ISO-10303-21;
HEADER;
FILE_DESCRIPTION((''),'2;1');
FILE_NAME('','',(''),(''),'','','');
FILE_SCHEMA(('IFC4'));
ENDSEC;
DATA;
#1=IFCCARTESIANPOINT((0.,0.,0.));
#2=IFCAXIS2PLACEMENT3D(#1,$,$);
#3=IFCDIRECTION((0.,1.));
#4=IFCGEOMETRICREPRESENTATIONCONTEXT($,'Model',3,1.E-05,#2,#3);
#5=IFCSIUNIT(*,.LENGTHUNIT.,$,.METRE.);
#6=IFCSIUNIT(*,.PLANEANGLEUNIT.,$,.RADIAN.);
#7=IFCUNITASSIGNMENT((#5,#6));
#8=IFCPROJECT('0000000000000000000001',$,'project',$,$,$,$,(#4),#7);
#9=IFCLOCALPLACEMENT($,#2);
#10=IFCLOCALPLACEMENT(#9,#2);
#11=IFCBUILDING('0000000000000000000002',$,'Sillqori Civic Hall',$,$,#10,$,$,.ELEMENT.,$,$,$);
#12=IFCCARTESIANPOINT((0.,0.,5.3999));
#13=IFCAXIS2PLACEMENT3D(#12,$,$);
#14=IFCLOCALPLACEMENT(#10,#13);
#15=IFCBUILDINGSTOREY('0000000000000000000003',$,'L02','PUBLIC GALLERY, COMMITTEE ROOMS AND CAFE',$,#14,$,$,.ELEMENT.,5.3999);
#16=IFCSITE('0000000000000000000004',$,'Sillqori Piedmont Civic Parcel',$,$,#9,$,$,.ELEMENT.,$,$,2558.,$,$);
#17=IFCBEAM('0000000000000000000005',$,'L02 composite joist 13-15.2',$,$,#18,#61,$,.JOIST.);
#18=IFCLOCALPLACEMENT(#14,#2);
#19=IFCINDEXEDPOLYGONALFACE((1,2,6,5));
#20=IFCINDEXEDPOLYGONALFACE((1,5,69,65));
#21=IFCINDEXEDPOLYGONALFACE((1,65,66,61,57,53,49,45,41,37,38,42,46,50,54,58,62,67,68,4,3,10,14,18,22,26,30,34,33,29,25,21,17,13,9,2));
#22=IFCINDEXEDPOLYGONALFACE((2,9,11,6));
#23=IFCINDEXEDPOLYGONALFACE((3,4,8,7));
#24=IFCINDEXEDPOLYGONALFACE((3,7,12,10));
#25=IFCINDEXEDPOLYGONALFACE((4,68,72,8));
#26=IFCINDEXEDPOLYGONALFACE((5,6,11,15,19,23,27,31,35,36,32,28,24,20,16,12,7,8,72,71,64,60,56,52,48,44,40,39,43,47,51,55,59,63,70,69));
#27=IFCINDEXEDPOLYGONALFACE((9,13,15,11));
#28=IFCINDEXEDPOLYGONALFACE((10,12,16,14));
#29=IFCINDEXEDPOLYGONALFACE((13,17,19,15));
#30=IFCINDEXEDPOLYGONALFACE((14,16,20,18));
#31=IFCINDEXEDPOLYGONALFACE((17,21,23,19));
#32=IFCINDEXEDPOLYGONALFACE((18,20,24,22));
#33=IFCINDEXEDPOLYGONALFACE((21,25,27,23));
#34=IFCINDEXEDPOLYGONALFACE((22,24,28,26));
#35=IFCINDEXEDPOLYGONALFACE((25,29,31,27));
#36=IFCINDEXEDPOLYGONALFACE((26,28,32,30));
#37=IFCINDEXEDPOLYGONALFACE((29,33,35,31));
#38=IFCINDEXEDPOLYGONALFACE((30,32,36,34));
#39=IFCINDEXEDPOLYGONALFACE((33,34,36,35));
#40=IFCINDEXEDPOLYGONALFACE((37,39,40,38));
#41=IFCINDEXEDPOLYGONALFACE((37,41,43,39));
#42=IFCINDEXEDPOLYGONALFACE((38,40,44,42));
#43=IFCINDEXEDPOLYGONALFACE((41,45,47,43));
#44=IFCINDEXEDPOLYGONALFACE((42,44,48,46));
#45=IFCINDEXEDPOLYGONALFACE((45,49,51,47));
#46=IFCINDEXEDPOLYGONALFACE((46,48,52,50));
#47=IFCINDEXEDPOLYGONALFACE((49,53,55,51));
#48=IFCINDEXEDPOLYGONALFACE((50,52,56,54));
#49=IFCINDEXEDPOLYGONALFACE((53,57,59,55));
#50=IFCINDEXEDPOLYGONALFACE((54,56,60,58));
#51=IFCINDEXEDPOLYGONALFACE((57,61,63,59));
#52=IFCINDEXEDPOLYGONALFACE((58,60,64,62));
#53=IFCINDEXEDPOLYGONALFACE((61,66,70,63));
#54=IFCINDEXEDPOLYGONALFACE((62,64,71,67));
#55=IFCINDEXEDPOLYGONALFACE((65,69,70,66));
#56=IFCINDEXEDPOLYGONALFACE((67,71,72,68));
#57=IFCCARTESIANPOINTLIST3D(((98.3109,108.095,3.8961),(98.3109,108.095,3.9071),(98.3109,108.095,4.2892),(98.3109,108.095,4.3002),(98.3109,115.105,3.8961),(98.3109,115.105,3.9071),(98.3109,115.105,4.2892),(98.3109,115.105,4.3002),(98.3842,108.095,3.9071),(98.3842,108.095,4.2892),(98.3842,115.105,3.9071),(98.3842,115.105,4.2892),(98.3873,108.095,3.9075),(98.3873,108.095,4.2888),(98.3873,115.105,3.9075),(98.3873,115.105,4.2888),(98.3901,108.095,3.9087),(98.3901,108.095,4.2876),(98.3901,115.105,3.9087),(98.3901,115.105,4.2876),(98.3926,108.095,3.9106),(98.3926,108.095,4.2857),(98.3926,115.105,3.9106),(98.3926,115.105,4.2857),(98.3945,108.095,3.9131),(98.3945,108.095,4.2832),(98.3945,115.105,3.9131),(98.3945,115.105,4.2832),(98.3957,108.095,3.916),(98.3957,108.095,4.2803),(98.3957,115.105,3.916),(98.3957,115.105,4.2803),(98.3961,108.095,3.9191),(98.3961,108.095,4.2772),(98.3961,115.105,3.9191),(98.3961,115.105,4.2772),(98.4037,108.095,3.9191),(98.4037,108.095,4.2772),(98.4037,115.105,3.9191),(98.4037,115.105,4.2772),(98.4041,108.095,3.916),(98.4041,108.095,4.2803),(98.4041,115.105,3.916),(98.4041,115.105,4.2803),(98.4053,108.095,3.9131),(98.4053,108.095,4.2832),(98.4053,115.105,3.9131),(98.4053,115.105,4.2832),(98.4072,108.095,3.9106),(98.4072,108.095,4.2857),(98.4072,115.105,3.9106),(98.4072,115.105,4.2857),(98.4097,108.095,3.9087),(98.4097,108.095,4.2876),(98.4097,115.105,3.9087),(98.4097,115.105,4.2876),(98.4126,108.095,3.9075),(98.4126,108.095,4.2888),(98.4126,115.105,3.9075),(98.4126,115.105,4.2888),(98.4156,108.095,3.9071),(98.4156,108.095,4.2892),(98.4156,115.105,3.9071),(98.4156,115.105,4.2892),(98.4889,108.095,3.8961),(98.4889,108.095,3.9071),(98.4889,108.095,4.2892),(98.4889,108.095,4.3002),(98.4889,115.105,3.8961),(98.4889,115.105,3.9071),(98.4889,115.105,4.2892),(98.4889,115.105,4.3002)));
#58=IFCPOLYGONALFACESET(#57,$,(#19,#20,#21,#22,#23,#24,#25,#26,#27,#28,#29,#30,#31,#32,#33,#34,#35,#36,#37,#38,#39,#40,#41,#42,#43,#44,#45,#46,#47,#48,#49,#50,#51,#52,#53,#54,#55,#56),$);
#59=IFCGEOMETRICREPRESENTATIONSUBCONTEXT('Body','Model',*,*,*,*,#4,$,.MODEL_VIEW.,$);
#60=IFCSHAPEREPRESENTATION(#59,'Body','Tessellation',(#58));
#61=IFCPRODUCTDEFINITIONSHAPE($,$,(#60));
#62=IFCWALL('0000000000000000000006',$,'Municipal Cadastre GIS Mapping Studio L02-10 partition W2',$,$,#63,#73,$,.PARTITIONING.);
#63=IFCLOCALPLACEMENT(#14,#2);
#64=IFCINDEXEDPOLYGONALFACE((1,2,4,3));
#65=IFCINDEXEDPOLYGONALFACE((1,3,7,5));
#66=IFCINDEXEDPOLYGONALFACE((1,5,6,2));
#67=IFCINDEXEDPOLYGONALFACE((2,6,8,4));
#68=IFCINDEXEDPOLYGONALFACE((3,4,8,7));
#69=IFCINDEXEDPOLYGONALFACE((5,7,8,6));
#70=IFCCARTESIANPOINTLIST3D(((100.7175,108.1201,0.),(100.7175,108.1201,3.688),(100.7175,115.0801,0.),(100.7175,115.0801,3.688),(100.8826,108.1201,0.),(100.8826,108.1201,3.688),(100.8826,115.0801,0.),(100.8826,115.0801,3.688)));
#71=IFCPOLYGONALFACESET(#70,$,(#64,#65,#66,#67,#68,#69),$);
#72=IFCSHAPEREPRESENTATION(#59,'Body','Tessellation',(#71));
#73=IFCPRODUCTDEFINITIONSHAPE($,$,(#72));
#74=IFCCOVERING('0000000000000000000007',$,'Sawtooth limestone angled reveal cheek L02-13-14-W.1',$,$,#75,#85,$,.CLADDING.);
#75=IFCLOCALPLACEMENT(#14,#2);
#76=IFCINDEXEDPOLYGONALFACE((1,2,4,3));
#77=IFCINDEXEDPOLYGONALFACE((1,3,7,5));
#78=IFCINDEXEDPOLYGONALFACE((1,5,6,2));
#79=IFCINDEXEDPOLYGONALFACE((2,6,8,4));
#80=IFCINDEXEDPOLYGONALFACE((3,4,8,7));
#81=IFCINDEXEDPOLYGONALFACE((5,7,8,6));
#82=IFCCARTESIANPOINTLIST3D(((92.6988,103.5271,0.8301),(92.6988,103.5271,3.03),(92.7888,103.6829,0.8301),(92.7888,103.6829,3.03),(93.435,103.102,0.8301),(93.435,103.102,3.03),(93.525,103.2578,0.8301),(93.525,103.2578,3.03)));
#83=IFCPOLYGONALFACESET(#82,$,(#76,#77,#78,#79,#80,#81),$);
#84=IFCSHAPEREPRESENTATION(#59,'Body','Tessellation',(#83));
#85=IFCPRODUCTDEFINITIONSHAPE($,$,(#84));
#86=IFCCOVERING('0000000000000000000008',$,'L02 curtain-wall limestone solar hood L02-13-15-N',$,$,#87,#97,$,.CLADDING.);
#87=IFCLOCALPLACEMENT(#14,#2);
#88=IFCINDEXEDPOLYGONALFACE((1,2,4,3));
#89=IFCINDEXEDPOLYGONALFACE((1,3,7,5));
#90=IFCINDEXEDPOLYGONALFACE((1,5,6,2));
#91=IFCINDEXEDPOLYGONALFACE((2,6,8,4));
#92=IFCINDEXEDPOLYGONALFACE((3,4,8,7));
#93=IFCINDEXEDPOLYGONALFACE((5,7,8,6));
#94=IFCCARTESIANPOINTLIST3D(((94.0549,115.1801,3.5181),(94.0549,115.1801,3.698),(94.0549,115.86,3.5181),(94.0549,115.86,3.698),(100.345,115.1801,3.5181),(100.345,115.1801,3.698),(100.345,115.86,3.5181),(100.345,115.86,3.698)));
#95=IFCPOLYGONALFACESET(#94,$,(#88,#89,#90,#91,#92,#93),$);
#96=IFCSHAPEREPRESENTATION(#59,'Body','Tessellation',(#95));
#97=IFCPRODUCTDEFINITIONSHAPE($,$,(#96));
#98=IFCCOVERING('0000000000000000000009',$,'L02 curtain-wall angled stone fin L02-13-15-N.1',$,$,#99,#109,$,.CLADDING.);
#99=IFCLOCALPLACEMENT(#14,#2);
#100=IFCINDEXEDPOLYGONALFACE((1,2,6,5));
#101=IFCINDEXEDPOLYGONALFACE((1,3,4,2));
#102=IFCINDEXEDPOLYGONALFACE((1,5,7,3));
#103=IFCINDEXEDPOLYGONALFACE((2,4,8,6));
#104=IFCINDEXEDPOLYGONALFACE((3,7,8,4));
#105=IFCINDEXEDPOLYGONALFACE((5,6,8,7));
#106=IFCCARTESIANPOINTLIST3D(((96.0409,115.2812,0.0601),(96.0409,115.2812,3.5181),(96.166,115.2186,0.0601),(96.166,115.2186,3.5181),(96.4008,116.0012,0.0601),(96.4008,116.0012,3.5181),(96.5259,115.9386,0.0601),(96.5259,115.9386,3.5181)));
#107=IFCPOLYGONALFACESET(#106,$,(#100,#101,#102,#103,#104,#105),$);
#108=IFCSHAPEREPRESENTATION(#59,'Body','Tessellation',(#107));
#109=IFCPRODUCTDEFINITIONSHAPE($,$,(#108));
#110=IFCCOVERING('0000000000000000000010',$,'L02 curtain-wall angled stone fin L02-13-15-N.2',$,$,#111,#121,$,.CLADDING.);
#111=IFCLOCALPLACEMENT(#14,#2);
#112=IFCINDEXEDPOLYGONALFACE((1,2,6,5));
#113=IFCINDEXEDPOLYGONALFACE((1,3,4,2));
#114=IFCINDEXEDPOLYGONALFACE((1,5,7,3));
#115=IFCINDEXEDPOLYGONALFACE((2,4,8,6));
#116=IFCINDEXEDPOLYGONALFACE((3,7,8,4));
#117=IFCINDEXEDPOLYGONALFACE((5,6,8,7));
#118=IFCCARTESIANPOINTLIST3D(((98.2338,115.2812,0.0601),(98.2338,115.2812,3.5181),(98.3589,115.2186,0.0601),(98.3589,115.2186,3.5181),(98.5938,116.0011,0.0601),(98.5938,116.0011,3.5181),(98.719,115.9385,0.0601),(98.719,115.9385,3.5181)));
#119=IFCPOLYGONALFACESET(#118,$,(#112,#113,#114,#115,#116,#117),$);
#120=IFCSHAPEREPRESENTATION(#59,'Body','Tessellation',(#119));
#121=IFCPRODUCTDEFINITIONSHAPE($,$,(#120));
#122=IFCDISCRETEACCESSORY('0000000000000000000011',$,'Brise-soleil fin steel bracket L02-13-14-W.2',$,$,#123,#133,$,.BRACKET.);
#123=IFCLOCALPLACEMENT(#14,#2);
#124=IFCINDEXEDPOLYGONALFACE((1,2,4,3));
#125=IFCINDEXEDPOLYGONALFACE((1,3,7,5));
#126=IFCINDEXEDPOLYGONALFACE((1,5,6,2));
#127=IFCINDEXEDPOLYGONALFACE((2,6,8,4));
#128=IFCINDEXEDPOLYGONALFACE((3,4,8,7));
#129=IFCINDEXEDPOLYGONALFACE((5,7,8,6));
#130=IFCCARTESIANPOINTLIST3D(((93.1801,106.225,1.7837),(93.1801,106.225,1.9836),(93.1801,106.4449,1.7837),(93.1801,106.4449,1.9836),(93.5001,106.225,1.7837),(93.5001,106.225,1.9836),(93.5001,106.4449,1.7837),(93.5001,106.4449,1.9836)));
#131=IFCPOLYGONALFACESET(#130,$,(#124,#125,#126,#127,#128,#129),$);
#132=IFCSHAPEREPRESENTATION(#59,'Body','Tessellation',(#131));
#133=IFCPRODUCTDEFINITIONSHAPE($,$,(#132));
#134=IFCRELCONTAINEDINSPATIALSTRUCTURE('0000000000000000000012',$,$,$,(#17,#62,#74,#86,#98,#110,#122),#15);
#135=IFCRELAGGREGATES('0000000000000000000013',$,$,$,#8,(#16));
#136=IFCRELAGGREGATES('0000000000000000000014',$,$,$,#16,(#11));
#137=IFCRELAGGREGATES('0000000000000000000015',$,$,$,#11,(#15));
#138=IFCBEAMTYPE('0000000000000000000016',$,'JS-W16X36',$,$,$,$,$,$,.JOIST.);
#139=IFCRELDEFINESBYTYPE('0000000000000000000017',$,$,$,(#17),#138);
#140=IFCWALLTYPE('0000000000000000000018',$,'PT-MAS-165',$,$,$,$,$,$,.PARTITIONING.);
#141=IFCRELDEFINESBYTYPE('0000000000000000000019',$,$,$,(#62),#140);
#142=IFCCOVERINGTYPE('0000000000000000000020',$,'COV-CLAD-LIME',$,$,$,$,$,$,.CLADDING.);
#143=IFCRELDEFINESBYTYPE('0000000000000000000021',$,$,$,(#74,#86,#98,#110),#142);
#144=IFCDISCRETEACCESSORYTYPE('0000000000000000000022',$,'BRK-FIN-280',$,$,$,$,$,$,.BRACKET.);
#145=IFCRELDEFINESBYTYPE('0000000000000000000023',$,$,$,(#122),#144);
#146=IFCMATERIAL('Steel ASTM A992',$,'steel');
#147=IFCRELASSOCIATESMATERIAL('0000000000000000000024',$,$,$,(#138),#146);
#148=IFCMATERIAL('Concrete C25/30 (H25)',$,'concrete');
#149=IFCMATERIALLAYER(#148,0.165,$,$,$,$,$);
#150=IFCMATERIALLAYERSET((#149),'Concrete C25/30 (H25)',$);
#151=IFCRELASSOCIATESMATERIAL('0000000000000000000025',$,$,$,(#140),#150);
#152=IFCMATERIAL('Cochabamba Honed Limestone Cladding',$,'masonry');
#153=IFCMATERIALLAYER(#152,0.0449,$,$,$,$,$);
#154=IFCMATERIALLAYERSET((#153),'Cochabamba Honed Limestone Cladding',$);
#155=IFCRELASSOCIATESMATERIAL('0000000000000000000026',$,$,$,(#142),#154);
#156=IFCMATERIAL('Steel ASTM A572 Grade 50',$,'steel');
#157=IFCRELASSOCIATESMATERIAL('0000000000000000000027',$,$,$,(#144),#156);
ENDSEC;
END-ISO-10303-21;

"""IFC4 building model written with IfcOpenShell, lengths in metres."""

from ifc_helpers import new_model, si_unit, direction, frame, frame_2d, origin, origin_2d, place, context, subcontext, project, spatial, rectangle, i_section, extrude, material, layer, layer_set, material_profile, profile_set, type_object, element, save


model = new_model("IFC4")

# Units and contexts
model_context = context("Model", 3, precision=1e-05, world=origin(), true_north=direction((0.0, 1.0)))
body_context = subcontext(model_context, "Body", "Model", "MODEL_VIEW")
ifc_project = project(units=[si_unit("LENGTHUNIT", "METRE"), si_unit("PLANEANGLEUNIT", "RADIAN")], contexts=[model_context])

# Site, building, storey
site_placement = place(None, origin())
site = spatial("IfcSite", under=ifc_project, at=site_placement, Name="Sillqori Piedmont Civic Parcel", CompositionType="ELEMENT", RefElevation=2558.0)
building_placement = place(site_placement, origin())
building = spatial("IfcBuilding", under=site, at=building_placement, Name="Sillqori Civic Hall", CompositionType="ELEMENT")
storey_placement = place(building_placement, frame((0.0, 0.0, 5.3999)))
storey = spatial("IfcBuildingStorey", under=building, at=storey_placement, Name="L02", Description="PUBLIC GALLERY, COMMITTEE ROOMS AND CAFE", CompositionType="ELEMENT", Elevation=5.3999)

# Shared definitions
ifc_material_1 = material(Name="Steel ASTM A992", Category="steel")

# Beam
ifc_material_profile_1 = material_profile(ifc_material_1, i_section(OverallWidth=0.178, OverallDepth=0.4041, WebThickness=0.0076, FlangeThickness=0.011, FilletRadius=0.012, at=origin_2d()), Name="W16X36")
ifc_profile_set_1 = profile_set([ifc_material_profile_1], Name="Steel ASTM A992")
beam_type_1 = type_object("IfcBeamType", Name="JS-W16X36", PredefinedType="JOIST", material=ifc_profile_set_1)
for number, where, z_axis, x_axis, name in (
    (1, (98.3999, 108.095, 4.0981), (0.0, 1.0, 0.0), (-1.0, 0.0, 0.0), "L02 composite joist 13-15.2"),
):
    element("IfcBeam", number, at=place(storey_placement, frame(where, z_axis=z_axis, x_axis=x_axis)), inside=storey, type_object=beam_type_1, Name=name, PredefinedType="JOIST", context=body_context, shape_type="SweptSolid", body=[
        extrude(i_section(OverallWidth=0.178, OverallDepth=0.4041, WebThickness=0.0076, FlangeThickness=0.011, FilletRadius=0.012, at=origin_2d()), origin(), (0.0, 0.0, 1.0), 7.01),
    ])

# Wall
ifc_material_2 = material(Name="Concrete C25/30 (H25)", Category="concrete")
ifc_layer_1 = layer(ifc_material_2, 0.165)
ifc_layer_set_1 = layer_set([ifc_layer_1], Name="Concrete C25/30 (H25)")
wall_type = type_object("IfcWallType", Name="PT-MAS-165", PredefinedType="PARTITIONING", material=ifc_layer_set_1)
wall_placement = place(storey_placement, frame((100.8, 108.1201, 0.0), z_axis=(0.0, 0.0, 1.0), x_axis=(0.0, 1.0, 0.0)))
element("IfcWall", 2, at=wall_placement, inside=storey, type_object=wall_type, Name="Municipal Cadastre GIS Mapping Studio L02-10 partition W2", PredefinedType="PARTITIONING", context=body_context, shape_type="SweptSolid", body=[
    extrude(rectangle(XDim=6.96, YDim=0.165, at=frame_2d((3.48, 0.0))), origin(), (0.0, 0.0, 1.0), 3.688),
])

# Coverings
ifc_material_3 = material(Name="Cochabamba Honed Limestone Cladding", Category="masonry")
ifc_layer_2 = layer(ifc_material_3, 0.0449)
ifc_layer_set_2 = layer_set([ifc_layer_2], Name="Cochabamba Honed Limestone Cladding")
covering_type = type_object("IfcCoveringType", Name="COV-CLAD-LIME", PredefinedType="CLADDING", material=ifc_layer_set_2)
covering_1_placement = place(storey_placement, frame((93.48, 103.1799, 0.8301), z_axis=(0.0, 0.0, 1.0), x_axis=(-0.865989, 0.500062, 0.0)))
element("IfcCovering", 3, at=covering_1_placement, inside=storey, type_object=covering_type, Name="Sawtooth limestone angled reveal cheek L02-13-14-W.1", PredefinedType="CLADDING", context=body_context, shape_type="SweptSolid", body=[
    extrude(rectangle(XDim=0.8501, YDim=0.1799, at=frame_2d((0.425, 0.0))), origin(), (0.0, 0.0, 1.0), 2.2),
])
covering_2_placement = place(storey_placement, frame((94.0549, 115.52, 3.5181), z_axis=(0.0, 0.0, 1.0), x_axis=(1.0, 0.0, 0.0)))
element("IfcCovering", 4, at=covering_2_placement, inside=storey, type_object=covering_type, Name="L02 curtain-wall limestone solar hood L02-13-15-N", PredefinedType="CLADDING", context=body_context, shape_type="SweptSolid", body=[
    extrude(rectangle(XDim=6.29, YDim=0.6799, at=frame_2d((3.145, 0.0))), origin(), (0.0, 0.0, 1.0), 0.1799),
])
for number, where, z_axis, x_axis, name in (
    (5, (96.1035, 115.25, 0.0601), (0.0, 0.0, 1.0), (0.447092, 0.894488, 0.0), "L02 curtain-wall angled stone fin L02-13-15-N.1"),
    (6, (98.2964, 115.25, 0.0601), (0.0, 0.0, 1.0), (0.447335, 0.894367, 0.0), "L02 curtain-wall angled stone fin L02-13-15-N.2"),
):
    element("IfcCovering", number, at=place(storey_placement, frame(where, z_axis=z_axis, x_axis=x_axis)), inside=storey, type_object=covering_type, Name=name, PredefinedType="CLADDING", context=body_context, shape_type="SweptSolid", body=[
        extrude(rectangle(XDim=0.8049, YDim=0.1399, at=frame_2d((0.4023, 0.0))), origin(), (0.0, 0.0, 1.0), 3.458),
    ])

# Discrete accessory
ifc_material_4 = material(Name="Steel ASTM A572 Grade 50", Category="steel")
discrete_accessory_type = type_object("IfcDiscreteAccessoryType", Name="BRK-FIN-280", PredefinedType="BRACKET", material=ifc_material_4)
discrete_accessory_placement = place(storey_placement, frame((93.3401, 106.335, 1.7837), z_axis=(0.0, 0.0, 1.0), x_axis=(0.0, 1.0, 0.0)))
element("IfcDiscreteAccessory", 7, at=discrete_accessory_placement, inside=storey, type_object=discrete_accessory_type, Name="Brise-soleil fin steel bracket L02-13-14-W.2", PredefinedType="BRACKET", context=body_context, shape_type="SweptSolid", body=[
    extrude(rectangle(XDim=0.22, YDim=0.3201, at=origin_2d()), origin(), (0.0, 0.0, 1.0), 0.2),
])

save(model, "model.ifc")
